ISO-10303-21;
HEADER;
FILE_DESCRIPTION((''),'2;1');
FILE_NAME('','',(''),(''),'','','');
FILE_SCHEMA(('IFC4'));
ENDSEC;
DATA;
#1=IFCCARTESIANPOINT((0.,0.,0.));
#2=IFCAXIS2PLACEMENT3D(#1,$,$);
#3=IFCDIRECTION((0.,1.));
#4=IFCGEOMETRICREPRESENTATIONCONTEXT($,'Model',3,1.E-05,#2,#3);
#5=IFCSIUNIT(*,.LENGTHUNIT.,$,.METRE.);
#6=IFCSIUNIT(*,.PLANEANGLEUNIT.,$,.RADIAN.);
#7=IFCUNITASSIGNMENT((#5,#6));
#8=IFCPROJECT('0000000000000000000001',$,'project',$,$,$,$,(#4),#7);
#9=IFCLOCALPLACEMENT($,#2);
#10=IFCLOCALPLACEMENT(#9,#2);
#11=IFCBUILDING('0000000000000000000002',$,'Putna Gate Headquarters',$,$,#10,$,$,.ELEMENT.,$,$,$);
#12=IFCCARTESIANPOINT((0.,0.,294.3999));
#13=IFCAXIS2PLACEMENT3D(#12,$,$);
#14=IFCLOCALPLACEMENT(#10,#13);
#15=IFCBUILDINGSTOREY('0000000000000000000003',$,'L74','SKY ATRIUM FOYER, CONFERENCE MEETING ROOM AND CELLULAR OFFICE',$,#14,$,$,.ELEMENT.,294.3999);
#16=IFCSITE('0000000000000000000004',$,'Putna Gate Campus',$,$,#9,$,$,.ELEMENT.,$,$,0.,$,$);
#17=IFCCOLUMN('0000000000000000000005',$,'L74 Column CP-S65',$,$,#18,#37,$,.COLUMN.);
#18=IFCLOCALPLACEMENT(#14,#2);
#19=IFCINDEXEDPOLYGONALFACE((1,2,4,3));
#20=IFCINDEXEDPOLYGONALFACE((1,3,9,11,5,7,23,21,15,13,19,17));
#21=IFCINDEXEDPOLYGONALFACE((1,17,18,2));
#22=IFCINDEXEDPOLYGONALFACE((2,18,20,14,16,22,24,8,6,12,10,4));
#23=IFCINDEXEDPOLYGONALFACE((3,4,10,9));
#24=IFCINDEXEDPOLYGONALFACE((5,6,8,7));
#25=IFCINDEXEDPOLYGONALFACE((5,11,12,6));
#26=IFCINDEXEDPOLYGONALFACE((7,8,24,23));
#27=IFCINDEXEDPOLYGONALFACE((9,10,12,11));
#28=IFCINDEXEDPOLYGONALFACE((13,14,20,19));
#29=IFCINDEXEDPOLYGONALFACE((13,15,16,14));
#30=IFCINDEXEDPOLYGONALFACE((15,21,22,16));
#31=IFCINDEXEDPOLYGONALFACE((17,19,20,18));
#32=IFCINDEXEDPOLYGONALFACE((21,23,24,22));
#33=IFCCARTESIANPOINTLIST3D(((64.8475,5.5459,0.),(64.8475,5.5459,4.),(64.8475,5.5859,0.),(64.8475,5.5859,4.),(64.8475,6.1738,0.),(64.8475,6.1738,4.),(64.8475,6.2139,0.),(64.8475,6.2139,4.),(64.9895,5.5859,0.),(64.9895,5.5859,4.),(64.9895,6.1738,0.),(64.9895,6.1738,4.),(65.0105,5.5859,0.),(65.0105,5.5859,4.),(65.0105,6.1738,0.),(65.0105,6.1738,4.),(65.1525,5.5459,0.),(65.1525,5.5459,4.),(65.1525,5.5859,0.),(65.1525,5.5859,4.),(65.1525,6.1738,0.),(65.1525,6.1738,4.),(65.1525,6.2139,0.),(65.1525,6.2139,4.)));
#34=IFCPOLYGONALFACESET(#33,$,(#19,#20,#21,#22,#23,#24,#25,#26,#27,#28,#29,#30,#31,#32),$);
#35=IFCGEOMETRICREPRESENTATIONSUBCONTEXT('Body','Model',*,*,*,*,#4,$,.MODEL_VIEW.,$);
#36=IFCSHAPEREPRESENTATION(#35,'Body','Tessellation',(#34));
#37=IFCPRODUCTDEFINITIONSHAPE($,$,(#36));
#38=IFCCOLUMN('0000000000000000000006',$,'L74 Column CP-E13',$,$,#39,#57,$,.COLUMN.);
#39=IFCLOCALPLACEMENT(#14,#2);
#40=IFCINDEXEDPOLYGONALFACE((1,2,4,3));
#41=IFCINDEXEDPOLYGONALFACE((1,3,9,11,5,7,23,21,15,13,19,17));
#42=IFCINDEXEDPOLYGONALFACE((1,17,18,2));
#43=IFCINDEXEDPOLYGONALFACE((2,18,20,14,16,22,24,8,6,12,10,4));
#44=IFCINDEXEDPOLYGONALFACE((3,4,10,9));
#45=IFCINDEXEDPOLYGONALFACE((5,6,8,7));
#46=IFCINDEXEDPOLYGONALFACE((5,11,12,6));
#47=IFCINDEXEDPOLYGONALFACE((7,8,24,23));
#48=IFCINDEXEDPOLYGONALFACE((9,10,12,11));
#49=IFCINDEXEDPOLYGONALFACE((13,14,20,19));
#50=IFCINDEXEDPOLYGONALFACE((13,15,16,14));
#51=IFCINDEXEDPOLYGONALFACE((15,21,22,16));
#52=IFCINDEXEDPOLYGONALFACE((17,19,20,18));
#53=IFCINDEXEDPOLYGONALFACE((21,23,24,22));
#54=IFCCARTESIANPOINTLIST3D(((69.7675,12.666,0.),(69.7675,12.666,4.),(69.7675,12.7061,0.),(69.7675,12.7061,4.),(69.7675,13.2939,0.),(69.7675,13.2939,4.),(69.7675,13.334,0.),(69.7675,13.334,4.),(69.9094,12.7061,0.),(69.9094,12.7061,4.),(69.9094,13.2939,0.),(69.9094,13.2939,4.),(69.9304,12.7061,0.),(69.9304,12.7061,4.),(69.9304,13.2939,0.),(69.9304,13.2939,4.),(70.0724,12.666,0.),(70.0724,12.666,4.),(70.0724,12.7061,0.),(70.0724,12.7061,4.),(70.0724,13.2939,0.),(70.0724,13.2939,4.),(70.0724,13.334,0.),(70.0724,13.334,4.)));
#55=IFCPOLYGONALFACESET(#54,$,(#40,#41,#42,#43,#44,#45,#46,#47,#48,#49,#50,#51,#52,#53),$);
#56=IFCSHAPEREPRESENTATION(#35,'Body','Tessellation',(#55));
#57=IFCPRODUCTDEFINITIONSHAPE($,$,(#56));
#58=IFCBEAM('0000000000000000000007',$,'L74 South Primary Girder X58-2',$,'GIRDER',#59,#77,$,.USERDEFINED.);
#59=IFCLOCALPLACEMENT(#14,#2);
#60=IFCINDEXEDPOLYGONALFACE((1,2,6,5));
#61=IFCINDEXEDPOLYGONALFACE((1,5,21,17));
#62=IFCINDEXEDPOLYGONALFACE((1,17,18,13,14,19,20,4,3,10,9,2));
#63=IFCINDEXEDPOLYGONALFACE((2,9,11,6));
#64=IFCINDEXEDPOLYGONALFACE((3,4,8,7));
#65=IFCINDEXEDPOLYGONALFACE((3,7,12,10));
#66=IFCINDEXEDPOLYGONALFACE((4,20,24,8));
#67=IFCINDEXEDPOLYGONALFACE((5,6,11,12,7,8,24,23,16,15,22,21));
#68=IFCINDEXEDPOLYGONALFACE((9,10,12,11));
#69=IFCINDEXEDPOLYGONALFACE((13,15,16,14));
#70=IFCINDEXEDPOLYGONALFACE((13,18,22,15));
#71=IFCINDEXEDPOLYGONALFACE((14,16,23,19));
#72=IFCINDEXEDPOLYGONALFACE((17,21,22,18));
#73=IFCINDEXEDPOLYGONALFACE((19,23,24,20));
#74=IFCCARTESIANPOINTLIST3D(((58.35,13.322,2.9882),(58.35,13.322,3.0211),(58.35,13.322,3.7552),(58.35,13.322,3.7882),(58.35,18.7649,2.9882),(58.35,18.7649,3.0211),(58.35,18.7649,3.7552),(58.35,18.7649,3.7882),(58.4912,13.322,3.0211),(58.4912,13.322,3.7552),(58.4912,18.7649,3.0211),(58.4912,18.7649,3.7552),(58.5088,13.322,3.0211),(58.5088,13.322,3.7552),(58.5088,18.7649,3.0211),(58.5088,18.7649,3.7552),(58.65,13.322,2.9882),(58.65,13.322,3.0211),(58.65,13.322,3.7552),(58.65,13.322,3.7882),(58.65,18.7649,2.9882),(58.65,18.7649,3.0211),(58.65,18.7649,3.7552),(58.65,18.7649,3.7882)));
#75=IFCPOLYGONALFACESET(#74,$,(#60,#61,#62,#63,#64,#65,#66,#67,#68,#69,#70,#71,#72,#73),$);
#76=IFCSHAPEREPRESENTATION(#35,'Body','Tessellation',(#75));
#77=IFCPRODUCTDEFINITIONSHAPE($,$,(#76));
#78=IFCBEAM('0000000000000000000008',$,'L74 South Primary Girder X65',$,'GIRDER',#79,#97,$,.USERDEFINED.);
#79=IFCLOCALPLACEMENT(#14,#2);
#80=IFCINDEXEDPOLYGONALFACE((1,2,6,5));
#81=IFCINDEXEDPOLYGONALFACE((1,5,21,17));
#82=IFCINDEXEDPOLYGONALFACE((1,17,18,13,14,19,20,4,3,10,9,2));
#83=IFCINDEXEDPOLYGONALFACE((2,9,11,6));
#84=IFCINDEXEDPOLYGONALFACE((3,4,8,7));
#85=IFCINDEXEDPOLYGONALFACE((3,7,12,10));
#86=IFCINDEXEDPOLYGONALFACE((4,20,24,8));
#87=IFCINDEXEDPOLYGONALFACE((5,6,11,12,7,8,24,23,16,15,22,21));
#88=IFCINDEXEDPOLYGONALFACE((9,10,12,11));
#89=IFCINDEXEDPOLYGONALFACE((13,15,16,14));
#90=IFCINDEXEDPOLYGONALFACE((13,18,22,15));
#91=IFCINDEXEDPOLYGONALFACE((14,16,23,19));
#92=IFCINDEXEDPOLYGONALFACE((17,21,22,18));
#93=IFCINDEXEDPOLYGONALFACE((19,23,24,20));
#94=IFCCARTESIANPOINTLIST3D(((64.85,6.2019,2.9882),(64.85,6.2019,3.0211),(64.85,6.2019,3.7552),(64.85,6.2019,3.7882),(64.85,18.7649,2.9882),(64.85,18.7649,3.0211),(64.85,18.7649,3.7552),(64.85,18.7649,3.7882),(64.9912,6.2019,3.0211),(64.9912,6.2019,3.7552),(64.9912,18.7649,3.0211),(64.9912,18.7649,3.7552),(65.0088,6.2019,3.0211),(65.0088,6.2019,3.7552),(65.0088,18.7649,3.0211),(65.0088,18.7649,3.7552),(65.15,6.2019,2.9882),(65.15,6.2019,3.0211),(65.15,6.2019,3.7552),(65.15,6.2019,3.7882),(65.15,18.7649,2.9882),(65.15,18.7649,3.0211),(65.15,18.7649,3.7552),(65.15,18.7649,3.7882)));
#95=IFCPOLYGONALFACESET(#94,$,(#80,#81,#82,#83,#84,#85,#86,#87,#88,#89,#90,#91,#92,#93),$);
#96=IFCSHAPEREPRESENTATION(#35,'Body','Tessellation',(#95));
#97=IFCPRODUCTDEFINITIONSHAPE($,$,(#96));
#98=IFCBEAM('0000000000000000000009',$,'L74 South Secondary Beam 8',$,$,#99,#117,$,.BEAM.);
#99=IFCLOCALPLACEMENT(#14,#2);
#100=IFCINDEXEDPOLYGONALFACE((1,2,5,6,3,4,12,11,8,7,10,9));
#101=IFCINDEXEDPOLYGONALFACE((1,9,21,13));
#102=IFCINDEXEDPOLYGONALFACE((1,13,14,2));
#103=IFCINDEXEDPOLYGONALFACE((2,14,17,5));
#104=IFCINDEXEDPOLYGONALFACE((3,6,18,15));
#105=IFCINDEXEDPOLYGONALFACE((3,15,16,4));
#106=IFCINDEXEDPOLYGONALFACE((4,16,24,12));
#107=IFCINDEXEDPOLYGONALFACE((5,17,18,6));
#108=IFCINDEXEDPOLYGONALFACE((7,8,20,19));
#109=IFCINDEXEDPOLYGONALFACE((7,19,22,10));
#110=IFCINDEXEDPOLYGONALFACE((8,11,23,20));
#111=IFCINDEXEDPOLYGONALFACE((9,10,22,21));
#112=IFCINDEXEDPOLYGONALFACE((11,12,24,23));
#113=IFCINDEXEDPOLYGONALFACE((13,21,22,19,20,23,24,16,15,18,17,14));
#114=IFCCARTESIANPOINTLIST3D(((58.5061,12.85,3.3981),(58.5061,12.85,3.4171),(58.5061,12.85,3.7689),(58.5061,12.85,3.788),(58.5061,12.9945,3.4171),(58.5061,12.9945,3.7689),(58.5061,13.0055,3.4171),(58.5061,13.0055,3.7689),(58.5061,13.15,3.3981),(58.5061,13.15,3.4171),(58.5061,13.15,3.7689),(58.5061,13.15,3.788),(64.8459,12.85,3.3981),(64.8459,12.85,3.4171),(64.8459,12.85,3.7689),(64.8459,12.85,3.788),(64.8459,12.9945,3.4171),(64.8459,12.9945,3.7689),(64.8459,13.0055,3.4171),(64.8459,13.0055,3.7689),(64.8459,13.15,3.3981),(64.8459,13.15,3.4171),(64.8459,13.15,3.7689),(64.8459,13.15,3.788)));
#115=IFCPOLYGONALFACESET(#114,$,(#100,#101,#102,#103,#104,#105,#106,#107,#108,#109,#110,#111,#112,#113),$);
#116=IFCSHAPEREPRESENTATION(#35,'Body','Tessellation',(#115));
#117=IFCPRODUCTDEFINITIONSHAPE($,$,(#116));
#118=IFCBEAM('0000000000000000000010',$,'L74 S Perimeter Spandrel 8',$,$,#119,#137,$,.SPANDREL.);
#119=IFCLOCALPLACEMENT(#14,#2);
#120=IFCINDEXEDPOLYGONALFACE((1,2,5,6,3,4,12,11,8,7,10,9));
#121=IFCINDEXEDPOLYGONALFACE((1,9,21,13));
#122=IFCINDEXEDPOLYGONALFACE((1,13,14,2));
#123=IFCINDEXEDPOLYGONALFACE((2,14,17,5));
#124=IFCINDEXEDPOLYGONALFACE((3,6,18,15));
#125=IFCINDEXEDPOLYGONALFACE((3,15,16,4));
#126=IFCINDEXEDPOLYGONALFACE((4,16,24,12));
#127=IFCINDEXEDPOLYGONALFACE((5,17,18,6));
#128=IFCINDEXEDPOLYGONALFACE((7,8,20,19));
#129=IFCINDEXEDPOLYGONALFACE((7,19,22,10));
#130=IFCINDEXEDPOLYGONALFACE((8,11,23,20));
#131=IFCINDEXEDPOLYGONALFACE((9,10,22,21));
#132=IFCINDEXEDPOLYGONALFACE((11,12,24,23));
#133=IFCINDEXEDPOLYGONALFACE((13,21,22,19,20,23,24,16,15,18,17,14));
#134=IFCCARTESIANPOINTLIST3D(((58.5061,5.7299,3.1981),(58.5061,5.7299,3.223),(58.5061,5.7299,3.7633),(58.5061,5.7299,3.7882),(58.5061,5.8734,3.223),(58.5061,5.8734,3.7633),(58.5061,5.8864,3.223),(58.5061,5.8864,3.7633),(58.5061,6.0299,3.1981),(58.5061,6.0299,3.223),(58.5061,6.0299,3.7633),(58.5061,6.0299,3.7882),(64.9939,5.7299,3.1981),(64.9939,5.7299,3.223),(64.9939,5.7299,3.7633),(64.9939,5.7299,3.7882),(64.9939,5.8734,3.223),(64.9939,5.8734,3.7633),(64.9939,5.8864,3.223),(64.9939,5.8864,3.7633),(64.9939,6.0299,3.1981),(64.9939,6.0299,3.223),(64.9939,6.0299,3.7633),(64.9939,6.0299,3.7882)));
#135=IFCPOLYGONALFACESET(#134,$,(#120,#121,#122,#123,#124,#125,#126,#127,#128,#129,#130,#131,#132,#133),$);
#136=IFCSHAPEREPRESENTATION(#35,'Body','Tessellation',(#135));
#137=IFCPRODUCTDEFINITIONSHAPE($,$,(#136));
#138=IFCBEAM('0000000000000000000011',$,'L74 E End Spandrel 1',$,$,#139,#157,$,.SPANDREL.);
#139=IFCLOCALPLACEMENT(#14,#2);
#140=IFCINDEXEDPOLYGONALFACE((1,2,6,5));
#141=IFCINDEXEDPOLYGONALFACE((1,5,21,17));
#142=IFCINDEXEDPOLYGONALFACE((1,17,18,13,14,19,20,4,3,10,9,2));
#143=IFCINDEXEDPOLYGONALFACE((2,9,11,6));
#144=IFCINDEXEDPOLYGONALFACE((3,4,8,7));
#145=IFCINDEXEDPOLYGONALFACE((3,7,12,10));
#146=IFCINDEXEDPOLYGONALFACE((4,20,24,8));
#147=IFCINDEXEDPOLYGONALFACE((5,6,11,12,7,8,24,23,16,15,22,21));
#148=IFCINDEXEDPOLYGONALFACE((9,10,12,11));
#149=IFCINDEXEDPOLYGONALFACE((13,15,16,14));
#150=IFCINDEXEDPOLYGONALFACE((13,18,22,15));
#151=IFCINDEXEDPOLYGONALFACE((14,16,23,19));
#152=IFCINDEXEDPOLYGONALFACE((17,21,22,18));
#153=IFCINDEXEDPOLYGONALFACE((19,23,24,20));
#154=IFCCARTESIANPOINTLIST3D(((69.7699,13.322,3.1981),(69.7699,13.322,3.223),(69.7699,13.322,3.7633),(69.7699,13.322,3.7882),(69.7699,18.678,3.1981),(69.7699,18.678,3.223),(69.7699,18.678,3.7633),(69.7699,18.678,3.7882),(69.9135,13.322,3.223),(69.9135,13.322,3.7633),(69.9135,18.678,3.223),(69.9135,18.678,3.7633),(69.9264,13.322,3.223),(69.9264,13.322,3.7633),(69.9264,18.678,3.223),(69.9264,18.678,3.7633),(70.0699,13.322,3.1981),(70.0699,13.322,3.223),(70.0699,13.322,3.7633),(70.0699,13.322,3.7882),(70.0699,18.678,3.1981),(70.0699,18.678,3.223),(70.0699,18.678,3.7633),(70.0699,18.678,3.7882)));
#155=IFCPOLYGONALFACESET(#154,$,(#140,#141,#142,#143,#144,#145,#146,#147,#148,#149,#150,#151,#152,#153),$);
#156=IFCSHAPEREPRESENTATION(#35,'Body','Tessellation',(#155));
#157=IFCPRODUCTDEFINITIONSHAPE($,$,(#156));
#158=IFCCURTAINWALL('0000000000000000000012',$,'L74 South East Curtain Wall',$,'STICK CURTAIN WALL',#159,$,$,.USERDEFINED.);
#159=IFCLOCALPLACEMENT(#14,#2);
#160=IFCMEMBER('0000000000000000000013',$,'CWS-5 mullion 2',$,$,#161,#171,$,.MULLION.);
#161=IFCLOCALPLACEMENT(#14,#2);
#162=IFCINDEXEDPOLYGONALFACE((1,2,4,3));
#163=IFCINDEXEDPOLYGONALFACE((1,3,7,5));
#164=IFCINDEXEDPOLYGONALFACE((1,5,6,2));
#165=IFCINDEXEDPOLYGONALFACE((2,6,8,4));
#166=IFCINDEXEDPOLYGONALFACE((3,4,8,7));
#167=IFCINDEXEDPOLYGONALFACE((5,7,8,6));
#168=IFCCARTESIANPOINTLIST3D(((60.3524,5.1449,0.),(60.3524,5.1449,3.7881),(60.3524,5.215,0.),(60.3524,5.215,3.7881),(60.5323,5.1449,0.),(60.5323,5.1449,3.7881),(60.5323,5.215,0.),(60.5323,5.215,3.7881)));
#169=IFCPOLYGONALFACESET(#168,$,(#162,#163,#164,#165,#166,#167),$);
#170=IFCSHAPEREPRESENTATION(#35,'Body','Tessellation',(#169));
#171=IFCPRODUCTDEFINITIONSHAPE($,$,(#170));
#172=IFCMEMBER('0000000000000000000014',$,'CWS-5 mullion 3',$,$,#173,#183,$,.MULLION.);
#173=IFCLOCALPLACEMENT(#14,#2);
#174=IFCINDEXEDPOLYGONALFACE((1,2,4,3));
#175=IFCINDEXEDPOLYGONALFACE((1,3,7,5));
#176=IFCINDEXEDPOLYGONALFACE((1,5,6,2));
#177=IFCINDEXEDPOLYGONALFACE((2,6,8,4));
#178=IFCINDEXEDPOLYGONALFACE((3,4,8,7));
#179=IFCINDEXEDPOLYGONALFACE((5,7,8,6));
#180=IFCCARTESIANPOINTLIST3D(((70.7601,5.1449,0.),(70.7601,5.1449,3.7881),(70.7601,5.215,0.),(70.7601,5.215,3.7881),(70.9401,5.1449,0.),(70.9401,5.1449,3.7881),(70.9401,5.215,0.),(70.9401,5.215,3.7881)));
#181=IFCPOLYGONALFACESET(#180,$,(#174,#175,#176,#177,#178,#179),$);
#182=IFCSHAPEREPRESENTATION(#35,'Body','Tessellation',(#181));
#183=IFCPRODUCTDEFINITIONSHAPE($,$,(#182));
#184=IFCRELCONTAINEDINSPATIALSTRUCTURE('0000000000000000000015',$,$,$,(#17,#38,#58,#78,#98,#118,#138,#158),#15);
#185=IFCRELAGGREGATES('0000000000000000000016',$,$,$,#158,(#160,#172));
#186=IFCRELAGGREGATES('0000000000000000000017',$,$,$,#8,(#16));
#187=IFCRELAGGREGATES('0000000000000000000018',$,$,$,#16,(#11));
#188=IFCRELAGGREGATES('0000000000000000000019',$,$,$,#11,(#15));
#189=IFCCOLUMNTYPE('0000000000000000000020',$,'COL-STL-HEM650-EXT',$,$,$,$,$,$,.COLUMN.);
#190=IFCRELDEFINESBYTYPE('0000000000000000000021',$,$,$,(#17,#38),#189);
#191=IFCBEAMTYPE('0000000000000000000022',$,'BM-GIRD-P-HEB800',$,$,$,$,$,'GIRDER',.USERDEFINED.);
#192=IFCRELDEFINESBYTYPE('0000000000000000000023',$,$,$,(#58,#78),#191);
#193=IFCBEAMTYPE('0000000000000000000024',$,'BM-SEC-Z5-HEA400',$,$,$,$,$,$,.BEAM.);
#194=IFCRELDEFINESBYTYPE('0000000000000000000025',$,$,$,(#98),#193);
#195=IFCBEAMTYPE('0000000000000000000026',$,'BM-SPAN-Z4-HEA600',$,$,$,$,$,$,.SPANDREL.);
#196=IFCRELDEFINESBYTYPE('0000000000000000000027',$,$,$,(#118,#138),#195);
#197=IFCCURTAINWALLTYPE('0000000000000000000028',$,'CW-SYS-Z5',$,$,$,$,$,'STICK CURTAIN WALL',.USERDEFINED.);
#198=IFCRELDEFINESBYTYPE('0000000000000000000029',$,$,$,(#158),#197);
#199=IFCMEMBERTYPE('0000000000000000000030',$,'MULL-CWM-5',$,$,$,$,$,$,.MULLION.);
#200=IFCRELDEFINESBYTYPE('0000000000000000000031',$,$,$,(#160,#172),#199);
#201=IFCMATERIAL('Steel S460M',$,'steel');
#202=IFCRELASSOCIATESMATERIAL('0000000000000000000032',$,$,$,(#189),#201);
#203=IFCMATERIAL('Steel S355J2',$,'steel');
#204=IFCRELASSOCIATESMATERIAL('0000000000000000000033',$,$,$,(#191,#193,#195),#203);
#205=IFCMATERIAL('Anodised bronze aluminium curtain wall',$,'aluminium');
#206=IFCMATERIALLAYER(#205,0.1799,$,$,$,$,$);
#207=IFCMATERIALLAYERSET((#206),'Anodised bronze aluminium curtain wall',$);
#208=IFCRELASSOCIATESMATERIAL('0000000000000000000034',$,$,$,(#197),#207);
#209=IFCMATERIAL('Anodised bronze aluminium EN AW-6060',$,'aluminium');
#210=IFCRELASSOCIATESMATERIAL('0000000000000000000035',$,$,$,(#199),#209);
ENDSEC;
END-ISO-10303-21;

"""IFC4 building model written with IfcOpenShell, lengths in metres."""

from ifc_helpers import new_model, si_unit, direction, frame, origin, origin_2d, place, context, subcontext, project, spatial, rectangle, i_section, extrude, material, layer, layer_set, material_profile, profile_set, type_object, element, aggregate, save


model = new_model("IFC4")

# Units and contexts
model_context = context("Model", 3, precision=1e-05, world=origin(), true_north=direction((0.0, 1.0)))
body_context = subcontext(model_context, "Body", "Model", "MODEL_VIEW")
ifc_project = project(units=[si_unit("LENGTHUNIT", "METRE"), si_unit("PLANEANGLEUNIT", "RADIAN")], contexts=[model_context])

# Site, building, storey
site_placement = place(None, origin())
site = spatial("IfcSite", under=ifc_project, at=site_placement, Name="Putna Gate Campus", CompositionType="ELEMENT", RefElevation=0.0)
building_placement = place(site_placement, origin())
building = spatial("IfcBuilding", under=site, at=building_placement, Name="Putna Gate Headquarters", CompositionType="ELEMENT")
storey_placement = place(building_placement, frame((0.0, 0.0, 294.3999)))
storey = spatial("IfcBuildingStorey", under=building, at=storey_placement, Name="L74", Description="SKY ATRIUM FOYER, CONFERENCE MEETING ROOM AND CELLULAR OFFICE", CompositionType="ELEMENT", Elevation=294.3999)

# Columns
ifc_material_1 = material(Name="Steel S460M", Category="steel")
ifc_material_profile_1 = material_profile(ifc_material_1, i_section(OverallWidth=0.3049, OverallDepth=0.668, WebThickness=0.021, FlangeThickness=0.04, at=origin_2d()), Name="Steel S460M")
ifc_profile_set_1 = profile_set([ifc_material_profile_1], Name="Steel S460M")
column_type = type_object("IfcColumnType", Name="COL-STL-HEM650-EXT", PredefinedType="COLUMN", material=ifc_profile_set_1)
for number, where, z_axis, x_axis, name in (
    (1, (65.0, 5.8799, 0.0), (0.0, 0.0, 1.0), (1.0, 0.0, 0.0), "L74 Column CP-S65"),
    (2, (69.9199, 13.0, 0.0), (0.0, 0.0, 1.0), (1.0, 0.0, 0.0), "L74 Column CP-E13"),
):
    element("IfcColumn", number, at=place(storey_placement, frame(where, z_axis=z_axis, x_axis=x_axis)), inside=storey, type_object=column_type, Name=name, PredefinedType="COLUMN", context=body_context, shape_type="SweptSolid", body=[
        extrude(i_section(OverallWidth=0.3049, OverallDepth=0.668, WebThickness=0.021, FlangeThickness=0.04, at=origin_2d()), origin(), (0.0, 0.0, 1.0), 4.0),
    ])

# Beams
ifc_material_2 = material(Name="Steel S355J2", Category="steel")
ifc_material_profile_2 = material_profile(ifc_material_2, i_section(OverallWidth=0.3, OverallDepth=0.8, WebThickness=0.0176, FlangeThickness=0.033, at=origin_2d()), Name="Steel S355J2")
ifc_profile_set_2 = profile_set([ifc_material_profile_2], Name="Steel S355J2")
beam_type_1 = type_object("IfcBeamType", Name="BM-GIRD-P-HEB800", ElementType="GIRDER", PredefinedType="USERDEFINED", material=ifc_profile_set_2)
beam_1_placement = place(storey_placement, frame((58.5, 13.322, 3.3882), z_axis=(0.0, 1.0, 0.0), x_axis=(-1.0, 0.0, 0.0)))
element("IfcBeam", 3, at=beam_1_placement, inside=storey, type_object=beam_type_1, Name="L74 South Primary Girder X58-2", ObjectType="GIRDER", PredefinedType="USERDEFINED", context=body_context, shape_type="SweptSolid", body=[
    extrude(i_section(OverallWidth=0.3, OverallDepth=0.8, WebThickness=0.0176, FlangeThickness=0.033, at=origin_2d()), origin(), (0.0, 0.0, 1.0), 5.4429),
])
beam_2_placement = place(storey_placement, frame((65.0, 6.2019, 3.3882), z_axis=(0.0, 1.0, 0.0), x_axis=(-1.0, 0.0, 0.0)))
element("IfcBeam", 4, at=beam_2_placement, inside=storey, type_object=beam_type_1, Name="L74 South Primary Girder X65", ObjectType="GIRDER", PredefinedType="USERDEFINED", context=body_context, shape_type="SweptSolid", body=[
    extrude(i_section(OverallWidth=0.3, OverallDepth=0.8, WebThickness=0.0176, FlangeThickness=0.033, at=origin_2d()), origin(), (0.0, 0.0, 1.0), 12.563),
])
ifc_material_profile_3 = material_profile(ifc_material_2, i_section(OverallWidth=0.3, OverallDepth=0.3899, WebThickness=0.011, FlangeThickness=0.019, at=origin_2d()), Name="Steel S355J2")
ifc_profile_set_3 = profile_set([ifc_material_profile_3], Name="Steel S355J2")
beam_type_2 = type_object("IfcBeamType", Name="BM-SEC-Z5-HEA400", PredefinedType="BEAM", material=ifc_profile_set_3)
beam_3_placement = place(storey_placement, frame((58.5061, 13.0, 3.593), z_axis=(1.0, 0.0, 0.0), x_axis=(0.0, 1.0, 0.0)))
element("IfcBeam", 5, at=beam_3_placement, inside=storey, type_object=beam_type_2, Name="L74 South Secondary Beam 8", PredefinedType="BEAM", context=body_context, shape_type="SweptSolid", body=[
    extrude(i_section(OverallWidth=0.3, OverallDepth=0.3899, WebThickness=0.011, FlangeThickness=0.019, at=origin_2d()), origin(), (0.0, 0.0, 1.0), 6.3398),
])
ifc_material_profile_4 = material_profile(ifc_material_2, i_section(OverallWidth=0.3, OverallDepth=0.5901, WebThickness=0.0129, FlangeThickness=0.0249, at=origin_2d()), Name="Steel S355J2")
ifc_profile_set_4 = profile_set([ifc_material_profile_4], Name="Steel S355J2")
beam_type_3 = type_object("IfcBeamType", Name="BM-SPAN-Z4-HEA600", PredefinedType="SPANDREL", material=ifc_profile_set_4)
beam_4_placement = place(storey_placement, frame((58.5061, 5.8799, 3.4932), z_axis=(1.0, 0.0, 0.0), x_axis=(0.0, 1.0, 0.0)))
element("IfcBeam", 6, at=beam_4_placement, inside=storey, type_object=beam_type_3, Name="L74 S Perimeter Spandrel 8", PredefinedType="SPANDREL", context=body_context, shape_type="SweptSolid", body=[
    extrude(i_section(OverallWidth=0.3, OverallDepth=0.5901, WebThickness=0.0129, FlangeThickness=0.0249, at=origin_2d()), origin(), (0.0, 0.0, 1.0), 6.4878),
])
beam_5_placement = place(storey_placement, frame((69.9199, 13.322, 3.4932), z_axis=(0.0, 1.0, 0.0), x_axis=(-1.0, 0.0, 0.0)))
element("IfcBeam", 7, at=beam_5_placement, inside=storey, type_object=beam_type_3, Name="L74 E End Spandrel 1", PredefinedType="SPANDREL", context=body_context, shape_type="SweptSolid", body=[
    extrude(i_section(OverallWidth=0.3, OverallDepth=0.5901, WebThickness=0.0129, FlangeThickness=0.0249, at=origin_2d()), origin(), (0.0, 0.0, 1.0), 5.356),
])

# Curtain wall, members
ifc_material_3 = material(Name="Anodised bronze aluminium curtain wall", Category="aluminium")
ifc_layer_1 = layer(ifc_material_3, 0.1799)
ifc_layer_set_1 = layer_set([ifc_layer_1], Name="Anodised bronze aluminium curtain wall")
curtain_wall_type = type_object("IfcCurtainWallType", Name="CW-SYS-Z5", ElementType="STICK CURTAIN WALL", PredefinedType="USERDEFINED", material=ifc_layer_set_1)
curtain_wall_1_placement = place(storey_placement, origin())
curtain_wall_1 = element("IfcCurtainWall", 8, at=curtain_wall_1_placement, inside=storey, type_object=curtain_wall_type, Name="L74 South East Curtain Wall", ObjectType="STICK CURTAIN WALL", PredefinedType="USERDEFINED")
ifc_material_4 = material(Name="Anodised bronze aluminium EN AW-6060", Category="aluminium")
ifc_material_profile_5 = material_profile(ifc_material_4, rectangle(XDim=0.0701, YDim=0.1799, at=origin_2d()), Name="Anodised bronze aluminium EN AW-6060")
ifc_profile_set_5 = profile_set([ifc_material_profile_5], Name="Anodised bronze aluminium EN AW-6060")
member_type_1 = type_object("IfcMemberType", Name="MULL-CWM-5", PredefinedType="MULLION", material=ifc_profile_set_5)
member_1_placement = place(storey_placement, frame((60.4424, 5.1799, 0.0), z_axis=(0.0, 0.0, 1.0), x_axis=(0.0, 1.0, 0.0)))
member_1 = element("IfcMember", 9, at=member_1_placement, type_object=member_type_1, Name="CWS-5 mullion 2", PredefinedType="MULLION", context=body_context, shape_type="SweptSolid", body=[
    extrude(rectangle(XDim=0.0701, YDim=0.1799, at=origin_2d()), origin(), (0.0, 0.0, 1.0), 3.7881),
])
member_2_placement = place(storey_placement, frame((70.8501, 5.1799, 0.0), z_axis=(0.0, 0.0, 1.0), x_axis=(0.0, 1.0, 0.0)))
member_2 = element("IfcMember", 10, at=member_2_placement, type_object=member_type_1, Name="CWS-5 mullion 3", PredefinedType="MULLION", context=body_context, shape_type="SweptSolid", body=[
    extrude(rectangle(XDim=0.0701, YDim=0.1799, at=origin_2d()), origin(), (0.0, 0.0, 1.0), 3.7881),
])

aggregate(curtain_wall_1, [member_1, member_2])

save(model, "model.ifc")
